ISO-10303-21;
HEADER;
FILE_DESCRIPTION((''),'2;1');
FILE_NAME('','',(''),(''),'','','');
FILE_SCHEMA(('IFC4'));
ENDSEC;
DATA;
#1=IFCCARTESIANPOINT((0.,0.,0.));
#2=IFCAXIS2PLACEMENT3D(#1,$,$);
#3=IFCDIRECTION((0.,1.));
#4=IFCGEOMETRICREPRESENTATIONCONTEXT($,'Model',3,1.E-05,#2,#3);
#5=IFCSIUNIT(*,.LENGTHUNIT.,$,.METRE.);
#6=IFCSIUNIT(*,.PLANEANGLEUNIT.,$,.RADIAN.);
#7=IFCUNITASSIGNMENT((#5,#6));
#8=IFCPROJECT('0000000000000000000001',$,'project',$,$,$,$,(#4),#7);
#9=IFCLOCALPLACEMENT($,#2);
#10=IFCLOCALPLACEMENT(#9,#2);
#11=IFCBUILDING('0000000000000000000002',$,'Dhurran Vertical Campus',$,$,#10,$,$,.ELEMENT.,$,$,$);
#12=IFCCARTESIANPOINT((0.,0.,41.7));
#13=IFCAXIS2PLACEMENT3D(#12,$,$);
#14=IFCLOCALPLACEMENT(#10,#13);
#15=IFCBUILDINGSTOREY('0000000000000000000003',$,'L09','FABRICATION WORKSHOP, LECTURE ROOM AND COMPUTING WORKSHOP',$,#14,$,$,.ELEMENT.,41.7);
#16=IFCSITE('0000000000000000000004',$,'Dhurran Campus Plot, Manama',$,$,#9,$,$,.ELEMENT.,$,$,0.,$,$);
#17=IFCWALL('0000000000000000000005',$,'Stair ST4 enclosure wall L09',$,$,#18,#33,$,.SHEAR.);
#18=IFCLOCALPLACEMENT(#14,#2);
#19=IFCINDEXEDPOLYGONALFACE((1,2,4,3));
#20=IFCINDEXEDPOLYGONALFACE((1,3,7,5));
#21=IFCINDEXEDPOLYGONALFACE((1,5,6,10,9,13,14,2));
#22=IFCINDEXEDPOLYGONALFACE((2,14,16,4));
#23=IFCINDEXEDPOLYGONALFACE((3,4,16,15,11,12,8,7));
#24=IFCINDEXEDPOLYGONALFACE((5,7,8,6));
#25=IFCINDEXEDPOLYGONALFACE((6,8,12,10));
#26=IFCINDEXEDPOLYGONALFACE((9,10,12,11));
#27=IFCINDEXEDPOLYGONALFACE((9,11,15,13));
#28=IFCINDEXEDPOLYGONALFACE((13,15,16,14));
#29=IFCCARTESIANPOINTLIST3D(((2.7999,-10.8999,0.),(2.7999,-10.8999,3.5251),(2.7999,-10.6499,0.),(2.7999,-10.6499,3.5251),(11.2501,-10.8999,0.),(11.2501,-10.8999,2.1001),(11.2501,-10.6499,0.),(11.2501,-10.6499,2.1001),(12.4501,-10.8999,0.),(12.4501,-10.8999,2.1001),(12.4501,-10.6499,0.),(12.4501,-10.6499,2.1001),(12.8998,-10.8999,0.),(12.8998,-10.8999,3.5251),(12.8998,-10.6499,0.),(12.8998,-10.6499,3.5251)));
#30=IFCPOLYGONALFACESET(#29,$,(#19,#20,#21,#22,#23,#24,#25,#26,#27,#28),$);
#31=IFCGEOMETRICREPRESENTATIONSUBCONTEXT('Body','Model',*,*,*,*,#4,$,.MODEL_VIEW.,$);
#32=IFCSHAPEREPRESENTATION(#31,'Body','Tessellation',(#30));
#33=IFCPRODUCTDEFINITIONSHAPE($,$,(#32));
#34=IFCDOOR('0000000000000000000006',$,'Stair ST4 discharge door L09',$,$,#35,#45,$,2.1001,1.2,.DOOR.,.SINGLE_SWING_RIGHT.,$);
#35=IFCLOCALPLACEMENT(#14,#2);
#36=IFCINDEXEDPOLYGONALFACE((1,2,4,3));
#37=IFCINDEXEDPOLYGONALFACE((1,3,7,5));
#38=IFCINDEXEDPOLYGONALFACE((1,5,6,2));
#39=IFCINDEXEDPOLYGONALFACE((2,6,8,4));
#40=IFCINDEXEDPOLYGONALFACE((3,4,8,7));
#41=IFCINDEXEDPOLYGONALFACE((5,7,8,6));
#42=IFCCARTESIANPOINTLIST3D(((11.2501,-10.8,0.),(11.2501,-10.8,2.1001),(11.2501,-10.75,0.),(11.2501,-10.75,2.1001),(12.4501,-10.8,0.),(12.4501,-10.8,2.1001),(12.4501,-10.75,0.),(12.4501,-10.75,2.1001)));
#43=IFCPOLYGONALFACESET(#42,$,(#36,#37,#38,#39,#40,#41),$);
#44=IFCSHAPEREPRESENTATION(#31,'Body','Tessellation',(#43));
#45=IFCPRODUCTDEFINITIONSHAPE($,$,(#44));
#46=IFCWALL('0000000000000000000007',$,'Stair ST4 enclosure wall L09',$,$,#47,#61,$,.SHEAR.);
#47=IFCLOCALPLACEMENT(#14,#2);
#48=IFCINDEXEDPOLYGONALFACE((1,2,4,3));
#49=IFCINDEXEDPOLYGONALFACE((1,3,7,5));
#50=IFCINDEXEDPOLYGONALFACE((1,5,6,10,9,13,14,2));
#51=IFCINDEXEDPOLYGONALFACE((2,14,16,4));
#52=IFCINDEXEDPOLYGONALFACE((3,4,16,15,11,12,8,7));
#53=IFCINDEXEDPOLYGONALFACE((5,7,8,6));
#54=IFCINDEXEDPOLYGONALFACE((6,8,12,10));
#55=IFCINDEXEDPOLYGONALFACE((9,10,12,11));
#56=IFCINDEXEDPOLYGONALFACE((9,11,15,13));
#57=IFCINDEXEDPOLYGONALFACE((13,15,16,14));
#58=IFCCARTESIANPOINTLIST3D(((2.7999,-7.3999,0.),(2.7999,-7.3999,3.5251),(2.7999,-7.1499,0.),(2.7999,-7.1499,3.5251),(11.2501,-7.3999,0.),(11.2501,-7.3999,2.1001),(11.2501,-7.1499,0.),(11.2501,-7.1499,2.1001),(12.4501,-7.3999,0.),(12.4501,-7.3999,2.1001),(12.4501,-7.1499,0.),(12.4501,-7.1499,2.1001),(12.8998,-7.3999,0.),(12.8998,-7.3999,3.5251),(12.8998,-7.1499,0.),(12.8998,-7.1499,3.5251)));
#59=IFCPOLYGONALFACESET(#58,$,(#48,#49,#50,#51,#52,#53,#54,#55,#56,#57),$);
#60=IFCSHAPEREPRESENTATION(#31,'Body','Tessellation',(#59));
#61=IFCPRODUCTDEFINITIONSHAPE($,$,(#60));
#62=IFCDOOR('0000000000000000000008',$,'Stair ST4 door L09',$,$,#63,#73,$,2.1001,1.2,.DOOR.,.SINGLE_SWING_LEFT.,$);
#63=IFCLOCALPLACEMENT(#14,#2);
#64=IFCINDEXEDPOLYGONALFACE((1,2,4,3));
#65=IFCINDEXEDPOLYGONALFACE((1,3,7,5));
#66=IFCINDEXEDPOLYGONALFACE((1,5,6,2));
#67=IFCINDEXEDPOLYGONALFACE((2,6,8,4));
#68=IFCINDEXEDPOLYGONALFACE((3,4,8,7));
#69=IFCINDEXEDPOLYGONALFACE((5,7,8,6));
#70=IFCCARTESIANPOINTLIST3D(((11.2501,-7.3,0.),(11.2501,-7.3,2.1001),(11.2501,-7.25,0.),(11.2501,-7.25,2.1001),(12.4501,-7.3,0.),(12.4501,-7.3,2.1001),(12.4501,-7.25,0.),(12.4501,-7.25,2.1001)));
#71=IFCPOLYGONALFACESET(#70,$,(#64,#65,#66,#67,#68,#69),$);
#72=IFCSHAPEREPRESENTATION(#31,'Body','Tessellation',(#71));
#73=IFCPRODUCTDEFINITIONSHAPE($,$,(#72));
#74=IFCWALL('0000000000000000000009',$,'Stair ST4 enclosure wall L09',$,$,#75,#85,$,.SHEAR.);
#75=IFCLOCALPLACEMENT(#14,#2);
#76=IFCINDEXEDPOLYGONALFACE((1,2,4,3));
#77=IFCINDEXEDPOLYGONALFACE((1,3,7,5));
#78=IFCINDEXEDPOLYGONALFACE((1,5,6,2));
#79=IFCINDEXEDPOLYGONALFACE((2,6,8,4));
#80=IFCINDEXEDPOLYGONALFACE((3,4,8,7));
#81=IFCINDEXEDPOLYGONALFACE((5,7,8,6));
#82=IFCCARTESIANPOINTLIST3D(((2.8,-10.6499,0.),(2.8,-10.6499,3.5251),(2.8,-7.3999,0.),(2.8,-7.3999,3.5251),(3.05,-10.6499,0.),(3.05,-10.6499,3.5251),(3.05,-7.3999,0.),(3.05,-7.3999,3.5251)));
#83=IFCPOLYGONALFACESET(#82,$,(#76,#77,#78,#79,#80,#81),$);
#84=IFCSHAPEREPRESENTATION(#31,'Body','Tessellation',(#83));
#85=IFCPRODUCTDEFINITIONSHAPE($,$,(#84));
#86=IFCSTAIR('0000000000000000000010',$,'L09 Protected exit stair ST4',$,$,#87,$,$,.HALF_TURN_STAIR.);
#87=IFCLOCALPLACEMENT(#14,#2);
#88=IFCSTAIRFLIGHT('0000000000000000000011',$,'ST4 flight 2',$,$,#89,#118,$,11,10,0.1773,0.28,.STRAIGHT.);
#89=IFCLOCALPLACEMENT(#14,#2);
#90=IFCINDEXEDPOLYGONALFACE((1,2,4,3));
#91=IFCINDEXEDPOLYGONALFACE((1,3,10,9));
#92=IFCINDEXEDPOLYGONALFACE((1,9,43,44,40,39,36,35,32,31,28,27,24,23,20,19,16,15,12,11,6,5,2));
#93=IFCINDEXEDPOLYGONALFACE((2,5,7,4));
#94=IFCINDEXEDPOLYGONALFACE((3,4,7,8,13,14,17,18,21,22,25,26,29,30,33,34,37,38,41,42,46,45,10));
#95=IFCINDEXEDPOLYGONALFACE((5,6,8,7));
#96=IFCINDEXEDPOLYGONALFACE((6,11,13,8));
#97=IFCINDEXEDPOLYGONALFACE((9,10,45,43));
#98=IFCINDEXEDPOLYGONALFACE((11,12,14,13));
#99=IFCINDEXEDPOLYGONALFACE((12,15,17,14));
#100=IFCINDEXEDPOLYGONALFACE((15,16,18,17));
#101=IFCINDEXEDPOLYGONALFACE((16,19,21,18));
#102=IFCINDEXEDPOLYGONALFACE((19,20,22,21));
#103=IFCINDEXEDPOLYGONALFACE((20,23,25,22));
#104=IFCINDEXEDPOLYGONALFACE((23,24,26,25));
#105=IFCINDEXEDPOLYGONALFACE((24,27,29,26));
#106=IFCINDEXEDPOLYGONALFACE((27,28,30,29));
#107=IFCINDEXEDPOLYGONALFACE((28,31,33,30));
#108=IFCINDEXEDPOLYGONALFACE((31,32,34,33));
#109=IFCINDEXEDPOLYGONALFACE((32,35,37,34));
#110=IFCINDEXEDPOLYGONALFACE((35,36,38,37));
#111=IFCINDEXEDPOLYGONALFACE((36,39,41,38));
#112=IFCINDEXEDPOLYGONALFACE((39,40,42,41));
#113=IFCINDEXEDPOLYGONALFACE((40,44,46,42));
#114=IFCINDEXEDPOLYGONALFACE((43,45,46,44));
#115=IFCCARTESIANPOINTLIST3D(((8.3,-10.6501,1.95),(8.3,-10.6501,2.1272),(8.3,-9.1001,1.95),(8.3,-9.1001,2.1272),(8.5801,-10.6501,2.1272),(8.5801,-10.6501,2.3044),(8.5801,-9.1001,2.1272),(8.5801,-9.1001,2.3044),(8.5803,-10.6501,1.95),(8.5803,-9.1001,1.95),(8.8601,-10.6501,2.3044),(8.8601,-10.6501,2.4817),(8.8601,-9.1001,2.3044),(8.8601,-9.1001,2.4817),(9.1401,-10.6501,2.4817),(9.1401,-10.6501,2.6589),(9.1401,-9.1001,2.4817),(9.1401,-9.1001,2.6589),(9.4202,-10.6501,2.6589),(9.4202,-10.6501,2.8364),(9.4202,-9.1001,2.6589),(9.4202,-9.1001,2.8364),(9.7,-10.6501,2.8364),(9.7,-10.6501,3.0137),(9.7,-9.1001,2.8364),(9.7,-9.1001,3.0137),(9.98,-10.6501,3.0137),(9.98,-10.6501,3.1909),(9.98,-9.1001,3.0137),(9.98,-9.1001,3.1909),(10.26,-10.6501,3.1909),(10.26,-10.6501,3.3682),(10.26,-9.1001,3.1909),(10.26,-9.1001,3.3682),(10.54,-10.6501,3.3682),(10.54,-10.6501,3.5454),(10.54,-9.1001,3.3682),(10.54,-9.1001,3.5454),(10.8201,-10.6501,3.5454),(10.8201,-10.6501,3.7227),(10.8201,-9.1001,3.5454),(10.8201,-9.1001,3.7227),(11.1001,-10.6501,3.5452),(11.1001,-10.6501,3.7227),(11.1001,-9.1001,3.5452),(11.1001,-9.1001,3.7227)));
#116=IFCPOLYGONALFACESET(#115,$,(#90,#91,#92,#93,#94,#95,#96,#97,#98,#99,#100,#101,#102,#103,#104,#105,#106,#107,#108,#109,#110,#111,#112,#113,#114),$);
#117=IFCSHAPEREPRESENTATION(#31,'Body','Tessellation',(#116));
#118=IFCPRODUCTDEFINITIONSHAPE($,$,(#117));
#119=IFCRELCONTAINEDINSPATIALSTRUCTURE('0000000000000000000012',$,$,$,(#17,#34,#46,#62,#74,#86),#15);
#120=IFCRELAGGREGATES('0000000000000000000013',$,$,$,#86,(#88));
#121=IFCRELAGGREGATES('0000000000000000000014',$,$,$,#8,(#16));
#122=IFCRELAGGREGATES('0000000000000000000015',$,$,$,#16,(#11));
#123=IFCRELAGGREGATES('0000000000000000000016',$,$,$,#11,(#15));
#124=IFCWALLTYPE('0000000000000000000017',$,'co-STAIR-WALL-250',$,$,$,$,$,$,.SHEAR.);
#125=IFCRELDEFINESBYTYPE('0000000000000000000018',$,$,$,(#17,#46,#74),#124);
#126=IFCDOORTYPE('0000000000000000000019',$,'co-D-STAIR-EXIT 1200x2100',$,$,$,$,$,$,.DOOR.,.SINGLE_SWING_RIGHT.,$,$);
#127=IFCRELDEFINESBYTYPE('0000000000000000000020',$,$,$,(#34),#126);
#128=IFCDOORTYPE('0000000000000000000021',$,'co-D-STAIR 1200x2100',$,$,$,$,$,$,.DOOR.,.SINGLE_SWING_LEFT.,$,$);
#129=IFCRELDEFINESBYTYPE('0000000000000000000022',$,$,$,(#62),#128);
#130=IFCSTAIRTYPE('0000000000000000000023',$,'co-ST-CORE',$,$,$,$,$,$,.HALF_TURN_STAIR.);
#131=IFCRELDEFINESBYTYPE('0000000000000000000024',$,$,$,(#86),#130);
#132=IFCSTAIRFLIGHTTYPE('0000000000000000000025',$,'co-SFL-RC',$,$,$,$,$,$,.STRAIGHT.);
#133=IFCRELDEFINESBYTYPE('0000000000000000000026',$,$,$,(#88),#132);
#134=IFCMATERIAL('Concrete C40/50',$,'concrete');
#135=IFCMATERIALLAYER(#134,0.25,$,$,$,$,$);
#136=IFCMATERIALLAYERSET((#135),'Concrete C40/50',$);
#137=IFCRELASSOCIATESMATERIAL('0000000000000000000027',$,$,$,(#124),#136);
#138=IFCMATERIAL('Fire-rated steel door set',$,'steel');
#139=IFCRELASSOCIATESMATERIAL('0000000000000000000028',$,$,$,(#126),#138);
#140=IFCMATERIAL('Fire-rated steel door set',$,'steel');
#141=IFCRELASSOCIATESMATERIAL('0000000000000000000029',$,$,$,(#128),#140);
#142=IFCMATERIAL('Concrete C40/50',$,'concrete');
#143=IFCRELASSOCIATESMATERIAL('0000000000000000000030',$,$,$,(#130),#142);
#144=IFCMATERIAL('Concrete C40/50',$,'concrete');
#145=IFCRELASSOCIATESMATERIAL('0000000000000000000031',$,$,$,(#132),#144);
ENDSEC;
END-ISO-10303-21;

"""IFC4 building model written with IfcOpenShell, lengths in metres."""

from ifc_helpers import new_model, si_unit, direction, frame, frame_2d, origin, place, context, subcontext, project, spatial, polyline, rectangle, outline, extrude, material, layer, layer_set, type_object, element, fill, aggregate, save


model = new_model("IFC4")

# Units and contexts
model_context = context("Model", 3, precision=1e-05, world=origin(), true_north=direction((0.0, 1.0)))
body_context = subcontext(model_context, "Body", "Model", "MODEL_VIEW")
ifc_project = project(units=[si_unit("LENGTHUNIT", "METRE"), si_unit("PLANEANGLEUNIT", "RADIAN")], contexts=[model_context])

# Site, building, storey
site_placement = place(None, origin())
site = spatial("IfcSite", under=ifc_project, at=site_placement, Name="Dhurran Campus Plot, Manama", CompositionType="ELEMENT", RefElevation=0.0)
building_placement = place(site_placement, origin())
building = spatial("IfcBuilding", under=site, at=building_placement, Name="Dhurran Vertical Campus", CompositionType="ELEMENT")
storey_placement = place(building_placement, frame((0.0, 0.0, 41.7)))
storey = spatial("IfcBuildingStorey", under=building, at=storey_placement, Name="L09", Description="FABRICATION WORKSHOP, LECTURE ROOM AND COMPUTING WORKSHOP", CompositionType="ELEMENT", Elevation=41.7)

# Walls, openings, doors
ifc_material_1 = material(Name="Concrete C40/50", Category="concrete")
ifc_layer_1 = layer(ifc_material_1, 0.25)
ifc_layer_set_1 = layer_set([ifc_layer_1], Name="Concrete C40/50")
wall_type_1 = type_object("IfcWallType", Name="co-STAIR-WALL-250", PredefinedType="SHEAR", material=ifc_layer_set_1)
wall_1_placement = place(storey_placement, frame((2.8, -10.7749, 0.0), z_axis=(0.0, 0.0, 1.0), x_axis=(1.0, 0.0, 0.0)))
wall_1 = element("IfcWall", 1, at=wall_1_placement, inside=storey, type_object=wall_type_1, Name="Stair ST4 enclosure wall L09", PredefinedType="SHEAR", context=body_context, shape_type="SweptSolid", body=[
    extrude(rectangle(XDim=10.0999, YDim=0.25, at=frame_2d((5.0498, 0.0))), origin(), (0.0, 0.0, 1.0), 3.5251),
])
opening_1_placement = place(wall_1_placement, frame((8.45, 0.0, 0.0)))
opening_1 = element("IfcOpeningElement", 2, at=opening_1_placement, cuts=wall_1, PredefinedType="OPENING", context=body_context, shape_type="SweptSolid", body=[
    extrude(rectangle(XDim=1.2, YDim=2.1001, at=frame_2d((0.6001, 1.05))), frame((0.0, 0.135, 0.0), z_axis=(0.0, -1.0, 0.0), x_axis=(1.0, 0.0, 0.0)), (0.0, 0.0, 1.0), 0.27),
])
ifc_material_2 = material(Name="Fire-rated steel door set", Category="steel")
door_type_1 = type_object("IfcDoorType", Name="co-D-STAIR-EXIT 1200x2100", OperationType="SINGLE_SWING_RIGHT", PredefinedType="DOOR", material=ifc_material_2)
door_1_placement = place(opening_1_placement, origin())
door_1 = element("IfcDoor", 3, at=door_1_placement, inside=storey, type_object=door_type_1, Name="Stair ST4 discharge door L09", OperationType="SINGLE_SWING_RIGHT", OverallHeight=2.1001, OverallWidth=1.2, PredefinedType="DOOR", context=body_context, shape_type="SweptSolid", body=[
    extrude(rectangle(XDim=1.2, YDim=2.1001, at=frame_2d((0.6001, 1.05))), frame((0.0, 0.0249, 0.0), z_axis=(0.0, -1.0, 0.0), x_axis=(1.0, 0.0, 0.0)), (0.0, 0.0, 1.0), 0.05),
])
fill(opening_1, door_1)
wall_2_placement = place(storey_placement, frame((2.8, -7.2749, 0.0), z_axis=(0.0, 0.0, 1.0), x_axis=(1.0, 0.0, 0.0)))
wall_2 = element("IfcWall", 4, at=wall_2_placement, inside=storey, type_object=wall_type_1, Name="Stair ST4 enclosure wall L09", PredefinedType="SHEAR", context=body_context, shape_type="SweptSolid", body=[
    extrude(rectangle(XDim=10.0999, YDim=0.25, at=frame_2d((5.0498, 0.0))), origin(), (0.0, 0.0, 1.0), 3.5251),
])
opening_2_placement = place(wall_2_placement, frame((8.45, 0.0, 0.0)))
opening_2 = element("IfcOpeningElement", 5, at=opening_2_placement, cuts=wall_2, PredefinedType="OPENING", context=body_context, shape_type="SweptSolid", body=[
    extrude(rectangle(XDim=1.2, YDim=2.1001, at=frame_2d((0.6001, 1.05))), frame((0.0, 0.135, 0.0), z_axis=(0.0, -1.0, 0.0), x_axis=(1.0, 0.0, 0.0)), (0.0, 0.0, 1.0), 0.27),
])
ifc_material_3 = material(Name="Fire-rated steel door set", Category="steel")
door_type_2 = type_object("IfcDoorType", Name="co-D-STAIR 1200x2100", OperationType="SINGLE_SWING_LEFT", PredefinedType="DOOR", material=ifc_material_3)
door_2_placement = place(opening_2_placement, origin())
door_2 = element("IfcDoor", 6, at=door_2_placement, inside=storey, type_object=door_type_2, Name="Stair ST4 door L09", OperationType="SINGLE_SWING_LEFT", OverallHeight=2.1001, OverallWidth=1.2, PredefinedType="DOOR", context=body_context, shape_type="SweptSolid", body=[
    extrude(rectangle(XDim=1.2, YDim=2.1001, at=frame_2d((0.6001, 1.05))), frame((0.0, 0.0249, 0.0), z_axis=(0.0, -1.0, 0.0), x_axis=(1.0, 0.0, 0.0)), (0.0, 0.0, 1.0), 0.05),
])
fill(opening_2, door_2)

# Wall
wall_3_placement = place(storey_placement, frame((2.925, -10.6499, 0.0), z_axis=(0.0, 0.0, 1.0), x_axis=(0.0, 1.0, 0.0)))
element("IfcWall", 7, at=wall_3_placement, inside=storey, type_object=wall_type_1, Name="Stair ST4 enclosure wall L09", PredefinedType="SHEAR", context=body_context, shape_type="SweptSolid", body=[
    extrude(rectangle(XDim=3.25, YDim=0.25, at=frame_2d((1.625, 0.0))), origin(), (0.0, 0.0, 1.0), 3.5251),
])

# Stair, stair flight
ifc_material_4 = material(Name="Concrete C40/50", Category="concrete")
stair_type = type_object("IfcStairType", Name="co-ST-CORE", PredefinedType="HALF_TURN_STAIR", material=ifc_material_4)
stair_placement = place(storey_placement, origin())
stair = element("IfcStair", 8, at=stair_placement, inside=storey, type_object=stair_type, Name="L09 Protected exit stair ST4", PredefinedType="HALF_TURN_STAIR")
ifc_material_5 = material(Name="Concrete C40/50", Category="concrete")
stair_flight_type = type_object("IfcStairFlightType", Name="co-SFL-RC", PredefinedType="STRAIGHT", material=ifc_material_5)
stair_flight_placement = place(storey_placement, frame((8.3, -9.875, 1.95), z_axis=(0.0, 0.0, 1.0), x_axis=(1.0, 0.0, 0.0)))
stair_flight = element("IfcStairFlight", 9, at=stair_flight_placement, type_object=stair_flight_type, Name="ST4 flight 2", NumberOfRisers=11, NumberOfTreads=10, PredefinedType="STRAIGHT", RiserHeight=0.1773, TreadLength=0.28, context=body_context, shape_type="SweptSolid", body=[
    extrude(outline(polyline([(0.0, 0.0), (0.0, 0.1772), (0.28, 0.1772), (0.28, 0.3545), (0.5601, 0.3545), (0.5601, 0.5317), (0.8401, 0.5317), (0.8401, 0.709), (1.1201, 0.709), (1.1201, 0.8865), (1.3999, 0.8865), (1.3999, 1.0637), (1.6799, 1.0637), (1.6799, 1.241), (1.96, 1.241), (1.96, 1.4182), (2.24, 1.4182), (2.24, 1.5955), (2.52, 1.5955), (2.52, 1.7727), (2.8, 1.7727), (2.8, 1.95), (2.8, 1.5952), (0.2803, 0.0), (0.0, 0.0)])), frame((0.0, 0.7749, 0.0), z_axis=(0.0, -1.0, 0.0), x_axis=(1.0, 0.0, 0.0)), (0.0, 0.0, 1.0), 1.55),
])
aggregate(stair, [stair_flight])

save(model, "model.ifc")
